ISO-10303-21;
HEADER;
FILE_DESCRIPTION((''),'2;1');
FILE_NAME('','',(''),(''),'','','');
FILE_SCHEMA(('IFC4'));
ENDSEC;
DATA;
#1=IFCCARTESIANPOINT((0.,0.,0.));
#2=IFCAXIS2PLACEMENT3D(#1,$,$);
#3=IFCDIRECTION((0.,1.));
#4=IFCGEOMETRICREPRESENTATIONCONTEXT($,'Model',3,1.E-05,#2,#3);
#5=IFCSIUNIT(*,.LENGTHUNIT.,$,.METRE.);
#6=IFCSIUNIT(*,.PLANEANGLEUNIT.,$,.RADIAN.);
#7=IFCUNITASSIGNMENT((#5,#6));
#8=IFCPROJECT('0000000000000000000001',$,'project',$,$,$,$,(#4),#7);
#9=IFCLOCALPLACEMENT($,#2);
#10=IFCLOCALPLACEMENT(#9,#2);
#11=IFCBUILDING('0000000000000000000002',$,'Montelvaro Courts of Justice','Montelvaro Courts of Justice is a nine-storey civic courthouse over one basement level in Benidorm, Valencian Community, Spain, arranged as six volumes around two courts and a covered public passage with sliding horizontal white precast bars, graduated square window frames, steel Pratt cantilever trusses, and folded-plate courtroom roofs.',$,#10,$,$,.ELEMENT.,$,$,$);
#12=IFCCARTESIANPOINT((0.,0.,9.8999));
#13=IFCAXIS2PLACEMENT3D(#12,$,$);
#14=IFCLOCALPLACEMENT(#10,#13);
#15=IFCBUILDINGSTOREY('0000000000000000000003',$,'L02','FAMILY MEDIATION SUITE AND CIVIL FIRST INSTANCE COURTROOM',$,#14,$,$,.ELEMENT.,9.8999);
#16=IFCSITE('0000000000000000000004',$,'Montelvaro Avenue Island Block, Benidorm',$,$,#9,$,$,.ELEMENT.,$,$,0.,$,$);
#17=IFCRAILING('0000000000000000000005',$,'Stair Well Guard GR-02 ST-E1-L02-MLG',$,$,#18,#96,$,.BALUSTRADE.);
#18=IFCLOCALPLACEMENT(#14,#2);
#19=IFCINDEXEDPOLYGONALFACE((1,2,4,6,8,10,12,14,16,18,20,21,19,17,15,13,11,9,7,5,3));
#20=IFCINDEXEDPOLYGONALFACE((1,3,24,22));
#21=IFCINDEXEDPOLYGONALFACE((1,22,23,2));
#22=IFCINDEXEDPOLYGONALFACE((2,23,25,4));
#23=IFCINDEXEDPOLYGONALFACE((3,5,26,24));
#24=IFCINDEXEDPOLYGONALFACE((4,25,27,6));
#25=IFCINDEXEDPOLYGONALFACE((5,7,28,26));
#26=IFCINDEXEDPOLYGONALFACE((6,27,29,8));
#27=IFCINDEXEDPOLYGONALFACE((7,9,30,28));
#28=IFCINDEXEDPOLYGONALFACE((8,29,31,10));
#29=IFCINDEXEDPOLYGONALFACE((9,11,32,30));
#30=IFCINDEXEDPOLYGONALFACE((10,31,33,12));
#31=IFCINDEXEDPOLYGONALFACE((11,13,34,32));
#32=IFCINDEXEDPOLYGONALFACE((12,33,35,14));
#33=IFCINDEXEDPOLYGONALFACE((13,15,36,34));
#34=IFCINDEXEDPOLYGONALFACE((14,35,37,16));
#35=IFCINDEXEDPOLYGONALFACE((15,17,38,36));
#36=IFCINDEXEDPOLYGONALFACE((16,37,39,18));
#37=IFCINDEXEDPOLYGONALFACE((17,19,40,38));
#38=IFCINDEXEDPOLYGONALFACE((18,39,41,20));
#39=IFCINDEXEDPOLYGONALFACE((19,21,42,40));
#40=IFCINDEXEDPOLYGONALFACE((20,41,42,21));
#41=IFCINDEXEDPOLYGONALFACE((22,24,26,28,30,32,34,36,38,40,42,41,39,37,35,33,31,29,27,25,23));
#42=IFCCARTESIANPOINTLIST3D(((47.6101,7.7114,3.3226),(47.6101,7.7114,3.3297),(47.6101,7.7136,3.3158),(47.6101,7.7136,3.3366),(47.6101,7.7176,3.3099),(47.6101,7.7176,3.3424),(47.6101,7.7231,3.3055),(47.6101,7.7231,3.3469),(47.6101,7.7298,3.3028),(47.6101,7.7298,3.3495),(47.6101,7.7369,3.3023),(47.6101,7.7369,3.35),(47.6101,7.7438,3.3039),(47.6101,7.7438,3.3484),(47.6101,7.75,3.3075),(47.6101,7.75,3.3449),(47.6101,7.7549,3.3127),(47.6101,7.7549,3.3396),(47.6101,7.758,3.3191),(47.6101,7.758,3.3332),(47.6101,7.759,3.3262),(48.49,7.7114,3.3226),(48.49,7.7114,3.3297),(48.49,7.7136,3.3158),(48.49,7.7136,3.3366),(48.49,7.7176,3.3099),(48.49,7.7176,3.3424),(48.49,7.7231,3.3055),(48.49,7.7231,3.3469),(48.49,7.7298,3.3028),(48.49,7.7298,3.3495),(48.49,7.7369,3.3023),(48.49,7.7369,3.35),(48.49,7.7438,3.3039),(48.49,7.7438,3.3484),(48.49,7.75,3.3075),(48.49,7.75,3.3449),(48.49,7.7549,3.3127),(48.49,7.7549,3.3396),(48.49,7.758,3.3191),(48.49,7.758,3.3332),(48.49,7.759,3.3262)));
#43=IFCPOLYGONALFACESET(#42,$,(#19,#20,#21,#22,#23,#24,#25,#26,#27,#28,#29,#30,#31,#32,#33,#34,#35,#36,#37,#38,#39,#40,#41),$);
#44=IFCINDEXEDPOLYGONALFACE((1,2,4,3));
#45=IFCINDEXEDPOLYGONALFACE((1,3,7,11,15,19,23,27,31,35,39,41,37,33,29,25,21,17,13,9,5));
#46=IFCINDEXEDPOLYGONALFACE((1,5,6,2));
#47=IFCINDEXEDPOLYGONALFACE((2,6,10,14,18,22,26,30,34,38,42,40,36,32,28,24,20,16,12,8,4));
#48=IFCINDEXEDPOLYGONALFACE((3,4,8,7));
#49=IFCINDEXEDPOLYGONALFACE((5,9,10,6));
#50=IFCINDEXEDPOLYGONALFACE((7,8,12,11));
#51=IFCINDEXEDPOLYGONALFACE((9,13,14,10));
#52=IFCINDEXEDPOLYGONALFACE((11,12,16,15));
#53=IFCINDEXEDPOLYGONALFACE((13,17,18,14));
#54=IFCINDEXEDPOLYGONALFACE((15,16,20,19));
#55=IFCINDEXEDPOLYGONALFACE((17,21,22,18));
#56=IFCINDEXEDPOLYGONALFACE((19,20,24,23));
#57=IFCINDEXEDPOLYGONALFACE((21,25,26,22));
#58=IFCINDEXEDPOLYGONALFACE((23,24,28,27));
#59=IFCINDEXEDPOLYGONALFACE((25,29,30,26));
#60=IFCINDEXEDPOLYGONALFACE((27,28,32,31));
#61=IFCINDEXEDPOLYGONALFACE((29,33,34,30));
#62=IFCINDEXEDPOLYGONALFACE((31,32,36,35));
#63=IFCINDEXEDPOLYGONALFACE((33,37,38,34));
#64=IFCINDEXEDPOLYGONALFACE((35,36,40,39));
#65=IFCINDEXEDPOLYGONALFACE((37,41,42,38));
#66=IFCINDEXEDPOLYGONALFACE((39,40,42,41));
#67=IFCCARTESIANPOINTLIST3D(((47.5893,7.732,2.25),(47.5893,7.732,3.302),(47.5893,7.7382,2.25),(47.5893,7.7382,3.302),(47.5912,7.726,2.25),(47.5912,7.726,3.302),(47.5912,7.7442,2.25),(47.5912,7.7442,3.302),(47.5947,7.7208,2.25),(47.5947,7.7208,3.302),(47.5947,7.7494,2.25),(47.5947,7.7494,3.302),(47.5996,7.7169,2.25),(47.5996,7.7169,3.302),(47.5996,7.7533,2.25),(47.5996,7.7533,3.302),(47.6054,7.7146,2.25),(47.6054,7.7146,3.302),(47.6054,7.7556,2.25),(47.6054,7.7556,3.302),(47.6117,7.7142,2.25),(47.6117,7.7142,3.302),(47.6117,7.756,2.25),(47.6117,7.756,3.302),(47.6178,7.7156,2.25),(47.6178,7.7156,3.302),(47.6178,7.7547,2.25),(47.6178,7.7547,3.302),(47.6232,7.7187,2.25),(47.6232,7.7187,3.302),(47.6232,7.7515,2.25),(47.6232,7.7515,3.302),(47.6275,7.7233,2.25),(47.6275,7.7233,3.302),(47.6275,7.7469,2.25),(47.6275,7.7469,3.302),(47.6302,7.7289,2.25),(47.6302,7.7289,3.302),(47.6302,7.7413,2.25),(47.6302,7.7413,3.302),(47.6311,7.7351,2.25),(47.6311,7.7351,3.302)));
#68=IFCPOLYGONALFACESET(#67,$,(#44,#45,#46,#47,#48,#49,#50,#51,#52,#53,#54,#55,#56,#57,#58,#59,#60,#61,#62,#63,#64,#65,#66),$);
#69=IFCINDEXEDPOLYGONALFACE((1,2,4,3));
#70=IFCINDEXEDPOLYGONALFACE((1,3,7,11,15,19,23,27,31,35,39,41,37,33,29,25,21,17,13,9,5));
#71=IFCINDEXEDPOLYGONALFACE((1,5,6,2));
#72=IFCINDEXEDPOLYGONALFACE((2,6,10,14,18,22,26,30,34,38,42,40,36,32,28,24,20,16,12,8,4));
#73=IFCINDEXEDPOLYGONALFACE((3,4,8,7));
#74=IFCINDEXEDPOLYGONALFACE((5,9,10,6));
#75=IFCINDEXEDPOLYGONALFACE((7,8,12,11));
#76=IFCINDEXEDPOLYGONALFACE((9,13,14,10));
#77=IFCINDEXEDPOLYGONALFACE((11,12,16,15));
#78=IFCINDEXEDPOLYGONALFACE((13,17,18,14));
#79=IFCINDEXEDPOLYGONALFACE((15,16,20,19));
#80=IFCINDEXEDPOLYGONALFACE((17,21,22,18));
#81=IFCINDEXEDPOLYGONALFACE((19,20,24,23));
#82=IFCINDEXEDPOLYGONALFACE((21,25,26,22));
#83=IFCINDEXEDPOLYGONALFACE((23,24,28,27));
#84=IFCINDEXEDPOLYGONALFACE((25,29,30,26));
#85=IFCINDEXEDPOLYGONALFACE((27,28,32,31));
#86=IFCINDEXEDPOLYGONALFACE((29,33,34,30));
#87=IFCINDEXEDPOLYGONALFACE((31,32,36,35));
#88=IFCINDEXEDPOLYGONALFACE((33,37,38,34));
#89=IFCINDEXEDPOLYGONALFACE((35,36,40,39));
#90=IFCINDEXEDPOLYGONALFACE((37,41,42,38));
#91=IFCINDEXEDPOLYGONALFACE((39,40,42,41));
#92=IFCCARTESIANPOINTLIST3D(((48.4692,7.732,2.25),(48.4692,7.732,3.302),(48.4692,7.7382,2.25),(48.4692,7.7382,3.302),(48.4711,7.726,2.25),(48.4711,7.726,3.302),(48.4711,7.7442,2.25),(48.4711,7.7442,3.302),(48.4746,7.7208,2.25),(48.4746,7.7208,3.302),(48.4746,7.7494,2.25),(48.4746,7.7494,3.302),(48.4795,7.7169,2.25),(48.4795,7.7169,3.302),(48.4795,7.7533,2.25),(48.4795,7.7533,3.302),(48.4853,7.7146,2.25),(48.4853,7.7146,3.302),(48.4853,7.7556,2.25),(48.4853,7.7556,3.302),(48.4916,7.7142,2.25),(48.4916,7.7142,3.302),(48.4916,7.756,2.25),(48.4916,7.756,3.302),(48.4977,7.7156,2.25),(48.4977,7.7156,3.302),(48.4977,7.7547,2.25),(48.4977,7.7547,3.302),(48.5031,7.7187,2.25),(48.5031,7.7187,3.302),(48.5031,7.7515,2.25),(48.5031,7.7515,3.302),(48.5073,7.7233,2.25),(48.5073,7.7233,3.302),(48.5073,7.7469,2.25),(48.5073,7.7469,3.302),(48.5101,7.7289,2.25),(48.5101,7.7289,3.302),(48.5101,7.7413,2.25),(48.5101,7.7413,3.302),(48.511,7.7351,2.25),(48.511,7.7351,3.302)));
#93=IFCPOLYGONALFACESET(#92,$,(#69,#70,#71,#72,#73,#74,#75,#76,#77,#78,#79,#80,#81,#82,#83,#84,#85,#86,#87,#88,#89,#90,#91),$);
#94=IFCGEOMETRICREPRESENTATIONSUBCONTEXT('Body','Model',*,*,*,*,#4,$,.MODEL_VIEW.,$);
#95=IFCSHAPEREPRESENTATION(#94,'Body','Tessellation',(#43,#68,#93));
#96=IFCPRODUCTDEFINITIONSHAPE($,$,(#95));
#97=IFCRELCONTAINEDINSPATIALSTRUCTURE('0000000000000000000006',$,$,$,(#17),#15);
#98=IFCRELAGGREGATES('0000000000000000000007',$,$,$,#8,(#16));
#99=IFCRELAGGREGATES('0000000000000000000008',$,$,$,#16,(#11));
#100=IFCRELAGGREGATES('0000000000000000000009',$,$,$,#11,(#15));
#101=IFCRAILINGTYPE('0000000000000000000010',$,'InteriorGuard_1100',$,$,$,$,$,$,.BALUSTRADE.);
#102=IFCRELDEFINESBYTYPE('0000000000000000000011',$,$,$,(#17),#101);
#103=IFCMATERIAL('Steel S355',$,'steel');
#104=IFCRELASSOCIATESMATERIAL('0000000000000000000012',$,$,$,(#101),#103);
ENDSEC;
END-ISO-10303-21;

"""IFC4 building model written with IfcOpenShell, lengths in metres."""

from ifc_helpers import new_model, si_unit, direction, frame, origin, origin_2d, place, context, subcontext, project, spatial, circle, extrude, material, type_object, element, save


model = new_model("IFC4")

# Units and contexts
model_context = context("Model", 3, precision=1e-05, world=origin(), true_north=direction((0.0, 1.0)))
body_context = subcontext(model_context, "Body", "Model", "MODEL_VIEW")
ifc_project = project(units=[si_unit("LENGTHUNIT", "METRE"), si_unit("PLANEANGLEUNIT", "RADIAN")], contexts=[model_context])

# Site, building, storey
site_placement = place(None, origin())
site = spatial("IfcSite", under=ifc_project, at=site_placement, Name="Montelvaro Avenue Island Block, Benidorm", CompositionType="ELEMENT", RefElevation=0.0)
building_placement = place(site_placement, origin())
building = spatial("IfcBuilding", under=site, at=building_placement, Name="Montelvaro Courts of Justice", Description="Montelvaro Courts of Justice is a nine-storey civic courthouse over one basement level in Benidorm, Valencian Community, Spain, arranged as six volumes around two courts and a covered public passage with sliding horizontal white precast bars, graduated square window frames, steel Pratt cantilever trusses, and folded-plate courtroom roofs.", CompositionType="ELEMENT")
storey_placement = place(building_placement, frame((0.0, 0.0, 9.8999)))
storey = spatial("IfcBuildingStorey", under=building, at=storey_placement, Name="L02", Description="FAMILY MEDIATION SUITE AND CIVIL FIRST INSTANCE COURTROOM", CompositionType="ELEMENT", Elevation=9.8999)

# Shared definitions
ifc_material_1 = material(Name="Steel S355", Category="steel")

# Railing
railing_type_1 = type_object("IfcRailingType", Name="InteriorGuard_1100", PredefinedType="BALUSTRADE", material=ifc_material_1)
railing_1_placement = place(storey_placement, frame((47.6101, 7.7351, 2.25)))
element("IfcRailing", 1, at=railing_1_placement, inside=storey, type_object=railing_type_1, Name="Stair Well Guard GR-02 ST-E1-L02-MLG", PredefinedType="BALUSTRADE", context=body_context, shape_type="SweptSolid", body=[
    extrude(circle(Radius=0.0239, at=origin_2d()), frame((0.0, 0.0, 1.0762), z_axis=(1.0, 0.0, 0.0), x_axis=(0.0, 1.0, 0.0)), (0.0, 0.0, 1.0), 0.8799),
    extrude(circle(Radius=0.021, at=origin_2d()), origin(), (0.0, 0.0, 1.0), 1.052),
    extrude(circle(Radius=0.021, at=origin_2d()), frame((0.8799, 0.0, 0.0)), (0.0, 0.0, 1.0), 1.052),
])

save(model, "model.ifc")
